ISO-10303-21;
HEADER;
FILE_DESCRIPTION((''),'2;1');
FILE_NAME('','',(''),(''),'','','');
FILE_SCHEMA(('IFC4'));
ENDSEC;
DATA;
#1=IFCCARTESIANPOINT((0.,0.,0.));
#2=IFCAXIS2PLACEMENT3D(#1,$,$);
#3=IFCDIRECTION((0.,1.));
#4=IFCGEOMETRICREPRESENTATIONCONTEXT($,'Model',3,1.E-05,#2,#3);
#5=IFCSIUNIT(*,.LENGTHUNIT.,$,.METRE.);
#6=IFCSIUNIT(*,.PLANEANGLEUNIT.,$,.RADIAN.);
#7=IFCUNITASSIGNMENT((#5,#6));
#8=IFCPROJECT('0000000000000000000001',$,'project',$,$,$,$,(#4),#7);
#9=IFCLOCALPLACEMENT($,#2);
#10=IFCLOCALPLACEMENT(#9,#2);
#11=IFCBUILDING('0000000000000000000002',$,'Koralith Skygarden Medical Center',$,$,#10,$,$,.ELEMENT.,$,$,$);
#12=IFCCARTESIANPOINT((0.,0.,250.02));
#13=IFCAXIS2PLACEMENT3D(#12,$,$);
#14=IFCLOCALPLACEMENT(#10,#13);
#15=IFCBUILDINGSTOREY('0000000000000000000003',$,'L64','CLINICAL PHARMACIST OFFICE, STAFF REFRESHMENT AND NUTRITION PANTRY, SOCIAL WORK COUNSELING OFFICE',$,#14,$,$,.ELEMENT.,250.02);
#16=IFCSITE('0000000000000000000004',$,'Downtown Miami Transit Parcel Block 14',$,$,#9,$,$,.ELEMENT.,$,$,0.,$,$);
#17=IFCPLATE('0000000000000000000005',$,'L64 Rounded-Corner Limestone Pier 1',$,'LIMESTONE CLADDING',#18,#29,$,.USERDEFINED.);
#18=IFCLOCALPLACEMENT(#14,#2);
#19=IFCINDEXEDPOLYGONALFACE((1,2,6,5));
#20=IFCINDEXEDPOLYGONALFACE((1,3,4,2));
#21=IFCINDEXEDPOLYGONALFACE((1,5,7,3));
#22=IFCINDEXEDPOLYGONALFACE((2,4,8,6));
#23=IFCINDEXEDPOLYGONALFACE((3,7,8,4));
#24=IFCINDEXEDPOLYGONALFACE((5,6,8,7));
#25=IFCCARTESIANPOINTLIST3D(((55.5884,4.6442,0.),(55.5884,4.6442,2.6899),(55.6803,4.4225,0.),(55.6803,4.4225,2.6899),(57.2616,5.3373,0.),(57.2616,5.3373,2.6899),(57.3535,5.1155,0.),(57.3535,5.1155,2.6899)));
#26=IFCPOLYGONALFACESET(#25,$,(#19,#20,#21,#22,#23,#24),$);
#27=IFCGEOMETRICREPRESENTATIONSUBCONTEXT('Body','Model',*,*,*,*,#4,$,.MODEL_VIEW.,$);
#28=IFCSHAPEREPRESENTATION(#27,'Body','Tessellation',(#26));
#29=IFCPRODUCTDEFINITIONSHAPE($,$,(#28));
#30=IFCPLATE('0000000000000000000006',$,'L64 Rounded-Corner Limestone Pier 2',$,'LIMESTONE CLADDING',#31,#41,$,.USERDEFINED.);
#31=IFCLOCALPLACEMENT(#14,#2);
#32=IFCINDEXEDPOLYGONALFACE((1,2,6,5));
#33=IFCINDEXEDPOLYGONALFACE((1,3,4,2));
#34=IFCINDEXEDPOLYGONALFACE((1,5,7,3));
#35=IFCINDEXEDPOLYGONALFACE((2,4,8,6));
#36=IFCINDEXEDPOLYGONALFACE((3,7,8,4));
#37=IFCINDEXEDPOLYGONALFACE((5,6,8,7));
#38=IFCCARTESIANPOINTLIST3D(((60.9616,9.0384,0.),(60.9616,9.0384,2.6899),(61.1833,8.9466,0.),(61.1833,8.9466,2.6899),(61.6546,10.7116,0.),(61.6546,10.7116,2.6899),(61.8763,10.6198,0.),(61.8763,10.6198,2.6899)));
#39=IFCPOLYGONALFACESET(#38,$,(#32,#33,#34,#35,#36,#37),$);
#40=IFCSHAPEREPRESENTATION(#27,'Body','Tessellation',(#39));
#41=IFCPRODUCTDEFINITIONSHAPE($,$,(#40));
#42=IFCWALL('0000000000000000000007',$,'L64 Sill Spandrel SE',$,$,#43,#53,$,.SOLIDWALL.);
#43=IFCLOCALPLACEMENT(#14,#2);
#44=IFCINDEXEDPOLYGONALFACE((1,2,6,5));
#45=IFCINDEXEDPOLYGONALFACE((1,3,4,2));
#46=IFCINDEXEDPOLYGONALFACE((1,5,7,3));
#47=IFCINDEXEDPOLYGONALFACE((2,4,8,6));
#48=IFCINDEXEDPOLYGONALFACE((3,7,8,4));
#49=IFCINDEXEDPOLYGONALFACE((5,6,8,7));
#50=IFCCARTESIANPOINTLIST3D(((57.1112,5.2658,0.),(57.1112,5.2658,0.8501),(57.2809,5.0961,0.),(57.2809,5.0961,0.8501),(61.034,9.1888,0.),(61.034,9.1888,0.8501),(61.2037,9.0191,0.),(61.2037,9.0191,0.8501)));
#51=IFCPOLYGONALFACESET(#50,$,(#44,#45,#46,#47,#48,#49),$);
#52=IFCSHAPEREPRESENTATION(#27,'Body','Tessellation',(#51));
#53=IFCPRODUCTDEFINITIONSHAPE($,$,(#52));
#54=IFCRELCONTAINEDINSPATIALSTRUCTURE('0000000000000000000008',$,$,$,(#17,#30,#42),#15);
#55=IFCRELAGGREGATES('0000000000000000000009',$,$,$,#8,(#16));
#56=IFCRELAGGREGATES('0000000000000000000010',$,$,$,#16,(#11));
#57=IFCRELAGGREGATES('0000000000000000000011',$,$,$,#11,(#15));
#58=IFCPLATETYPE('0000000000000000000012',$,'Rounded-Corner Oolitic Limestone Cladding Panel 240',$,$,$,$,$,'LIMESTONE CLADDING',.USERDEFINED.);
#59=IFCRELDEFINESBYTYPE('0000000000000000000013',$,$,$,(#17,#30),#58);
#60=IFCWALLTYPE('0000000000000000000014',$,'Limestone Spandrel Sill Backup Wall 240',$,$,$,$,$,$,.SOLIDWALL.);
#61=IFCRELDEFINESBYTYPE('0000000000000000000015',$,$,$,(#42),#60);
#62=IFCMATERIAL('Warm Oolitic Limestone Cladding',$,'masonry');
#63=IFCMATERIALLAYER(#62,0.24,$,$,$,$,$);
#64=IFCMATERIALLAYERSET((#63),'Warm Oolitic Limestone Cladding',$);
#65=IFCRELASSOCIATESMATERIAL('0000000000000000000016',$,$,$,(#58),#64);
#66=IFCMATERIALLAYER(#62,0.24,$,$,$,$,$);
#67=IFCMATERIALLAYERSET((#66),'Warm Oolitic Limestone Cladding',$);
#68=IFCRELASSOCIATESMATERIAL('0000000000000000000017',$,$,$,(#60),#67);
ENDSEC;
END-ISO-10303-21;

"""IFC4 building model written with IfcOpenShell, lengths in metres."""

from ifc_helpers import new_model, si_unit, direction, frame, frame_2d, origin, origin_2d, place, context, subcontext, project, spatial, rectangle, extrude, material, layer, layer_set, type_object, element, save


model = new_model("IFC4")

# Units and contexts
model_context = context("Model", 3, precision=1e-05, world=origin(), true_north=direction((0.0, 1.0)))
body_context = subcontext(model_context, "Body", "Model", "MODEL_VIEW")
ifc_project = project(units=[si_unit("LENGTHUNIT", "METRE"), si_unit("PLANEANGLEUNIT", "RADIAN")], contexts=[model_context])

# Site, building, storey
site_placement = place(None, origin())
site = spatial("IfcSite", under=ifc_project, at=site_placement, Name="Downtown Miami Transit Parcel Block 14", CompositionType="ELEMENT", RefElevation=0.0)
building_placement = place(site_placement, origin())
building = spatial("IfcBuilding", under=site, at=building_placement, Name="Koralith Skygarden Medical Center", CompositionType="ELEMENT")
storey_placement = place(building_placement, frame((0.0, 0.0, 250.02)))
storey = spatial("IfcBuildingStorey", under=building, at=storey_placement, Name="L64", Description="CLINICAL PHARMACIST OFFICE, STAFF REFRESHMENT AND NUTRITION PANTRY, SOCIAL WORK COUNSELING OFFICE", CompositionType="ELEMENT", Elevation=250.02)

# Plates
ifc_material_1 = material(Name="Warm Oolitic Limestone Cladding", Category="masonry")
ifc_layer_1 = layer(ifc_material_1, 0.24)
ifc_layer_set_1 = layer_set([ifc_layer_1], Name="Warm Oolitic Limestone Cladding")
plate_type_1 = type_object("IfcPlateType", Name="Rounded-Corner Oolitic Limestone Cladding Panel 240", ElementType="LIMESTONE CLADDING", PredefinedType="USERDEFINED", material=ifc_layer_set_1)
for number, where, z_axis, x_axis, name in (
    (1, (56.4709, 4.8799, 0.0), (0.0, 0.0, 1.0), (0.923885, 0.382671, 0.0), "L64 Rounded-Corner Limestone Pier 1"),
    (2, (61.4189, 9.8291, 0.0), (0.0, 0.0, 1.0), (0.382671, 0.923885, 0.0), "L64 Rounded-Corner Limestone Pier 2"),
):
    element("IfcPlate", number, at=place(storey_placement, frame(where, z_axis=z_axis, x_axis=x_axis)), inside=storey, type_object=plate_type_1, Name=name, ObjectType="LIMESTONE CLADDING", PredefinedType="USERDEFINED", context=body_context, shape_type="SweptSolid", body=[
        extrude(rectangle(XDim=1.811, YDim=0.24, at=origin_2d()), origin(), (0.0, 0.0, 1.0), 2.6899),
    ])

# Wall
ifc_layer_2 = layer(ifc_material_1, 0.24)
ifc_layer_set_2 = layer_set([ifc_layer_2], Name="Warm Oolitic Limestone Cladding")
wall_type = type_object("IfcWallType", Name="Limestone Spandrel Sill Backup Wall 240", PredefinedType="SOLIDWALL", material=ifc_layer_set_2)
wall_placement = place(storey_placement, frame((57.196, 5.1809, 0.0), z_axis=(0.0, 0.0, 1.0), x_axis=(0.707085, 0.707129, 0.0)))
element("IfcWall", 3, at=wall_placement, inside=storey, type_object=wall_type, Name="L64 Sill Spandrel SE", PredefinedType="SOLIDWALL", context=body_context, shape_type="SweptSolid", body=[
    extrude(rectangle(XDim=5.5479, YDim=0.24, at=frame_2d((2.7739, 0.0))), origin(), (0.0, 0.0, 1.0), 0.8501),
])

save(model, "model.ifc")
